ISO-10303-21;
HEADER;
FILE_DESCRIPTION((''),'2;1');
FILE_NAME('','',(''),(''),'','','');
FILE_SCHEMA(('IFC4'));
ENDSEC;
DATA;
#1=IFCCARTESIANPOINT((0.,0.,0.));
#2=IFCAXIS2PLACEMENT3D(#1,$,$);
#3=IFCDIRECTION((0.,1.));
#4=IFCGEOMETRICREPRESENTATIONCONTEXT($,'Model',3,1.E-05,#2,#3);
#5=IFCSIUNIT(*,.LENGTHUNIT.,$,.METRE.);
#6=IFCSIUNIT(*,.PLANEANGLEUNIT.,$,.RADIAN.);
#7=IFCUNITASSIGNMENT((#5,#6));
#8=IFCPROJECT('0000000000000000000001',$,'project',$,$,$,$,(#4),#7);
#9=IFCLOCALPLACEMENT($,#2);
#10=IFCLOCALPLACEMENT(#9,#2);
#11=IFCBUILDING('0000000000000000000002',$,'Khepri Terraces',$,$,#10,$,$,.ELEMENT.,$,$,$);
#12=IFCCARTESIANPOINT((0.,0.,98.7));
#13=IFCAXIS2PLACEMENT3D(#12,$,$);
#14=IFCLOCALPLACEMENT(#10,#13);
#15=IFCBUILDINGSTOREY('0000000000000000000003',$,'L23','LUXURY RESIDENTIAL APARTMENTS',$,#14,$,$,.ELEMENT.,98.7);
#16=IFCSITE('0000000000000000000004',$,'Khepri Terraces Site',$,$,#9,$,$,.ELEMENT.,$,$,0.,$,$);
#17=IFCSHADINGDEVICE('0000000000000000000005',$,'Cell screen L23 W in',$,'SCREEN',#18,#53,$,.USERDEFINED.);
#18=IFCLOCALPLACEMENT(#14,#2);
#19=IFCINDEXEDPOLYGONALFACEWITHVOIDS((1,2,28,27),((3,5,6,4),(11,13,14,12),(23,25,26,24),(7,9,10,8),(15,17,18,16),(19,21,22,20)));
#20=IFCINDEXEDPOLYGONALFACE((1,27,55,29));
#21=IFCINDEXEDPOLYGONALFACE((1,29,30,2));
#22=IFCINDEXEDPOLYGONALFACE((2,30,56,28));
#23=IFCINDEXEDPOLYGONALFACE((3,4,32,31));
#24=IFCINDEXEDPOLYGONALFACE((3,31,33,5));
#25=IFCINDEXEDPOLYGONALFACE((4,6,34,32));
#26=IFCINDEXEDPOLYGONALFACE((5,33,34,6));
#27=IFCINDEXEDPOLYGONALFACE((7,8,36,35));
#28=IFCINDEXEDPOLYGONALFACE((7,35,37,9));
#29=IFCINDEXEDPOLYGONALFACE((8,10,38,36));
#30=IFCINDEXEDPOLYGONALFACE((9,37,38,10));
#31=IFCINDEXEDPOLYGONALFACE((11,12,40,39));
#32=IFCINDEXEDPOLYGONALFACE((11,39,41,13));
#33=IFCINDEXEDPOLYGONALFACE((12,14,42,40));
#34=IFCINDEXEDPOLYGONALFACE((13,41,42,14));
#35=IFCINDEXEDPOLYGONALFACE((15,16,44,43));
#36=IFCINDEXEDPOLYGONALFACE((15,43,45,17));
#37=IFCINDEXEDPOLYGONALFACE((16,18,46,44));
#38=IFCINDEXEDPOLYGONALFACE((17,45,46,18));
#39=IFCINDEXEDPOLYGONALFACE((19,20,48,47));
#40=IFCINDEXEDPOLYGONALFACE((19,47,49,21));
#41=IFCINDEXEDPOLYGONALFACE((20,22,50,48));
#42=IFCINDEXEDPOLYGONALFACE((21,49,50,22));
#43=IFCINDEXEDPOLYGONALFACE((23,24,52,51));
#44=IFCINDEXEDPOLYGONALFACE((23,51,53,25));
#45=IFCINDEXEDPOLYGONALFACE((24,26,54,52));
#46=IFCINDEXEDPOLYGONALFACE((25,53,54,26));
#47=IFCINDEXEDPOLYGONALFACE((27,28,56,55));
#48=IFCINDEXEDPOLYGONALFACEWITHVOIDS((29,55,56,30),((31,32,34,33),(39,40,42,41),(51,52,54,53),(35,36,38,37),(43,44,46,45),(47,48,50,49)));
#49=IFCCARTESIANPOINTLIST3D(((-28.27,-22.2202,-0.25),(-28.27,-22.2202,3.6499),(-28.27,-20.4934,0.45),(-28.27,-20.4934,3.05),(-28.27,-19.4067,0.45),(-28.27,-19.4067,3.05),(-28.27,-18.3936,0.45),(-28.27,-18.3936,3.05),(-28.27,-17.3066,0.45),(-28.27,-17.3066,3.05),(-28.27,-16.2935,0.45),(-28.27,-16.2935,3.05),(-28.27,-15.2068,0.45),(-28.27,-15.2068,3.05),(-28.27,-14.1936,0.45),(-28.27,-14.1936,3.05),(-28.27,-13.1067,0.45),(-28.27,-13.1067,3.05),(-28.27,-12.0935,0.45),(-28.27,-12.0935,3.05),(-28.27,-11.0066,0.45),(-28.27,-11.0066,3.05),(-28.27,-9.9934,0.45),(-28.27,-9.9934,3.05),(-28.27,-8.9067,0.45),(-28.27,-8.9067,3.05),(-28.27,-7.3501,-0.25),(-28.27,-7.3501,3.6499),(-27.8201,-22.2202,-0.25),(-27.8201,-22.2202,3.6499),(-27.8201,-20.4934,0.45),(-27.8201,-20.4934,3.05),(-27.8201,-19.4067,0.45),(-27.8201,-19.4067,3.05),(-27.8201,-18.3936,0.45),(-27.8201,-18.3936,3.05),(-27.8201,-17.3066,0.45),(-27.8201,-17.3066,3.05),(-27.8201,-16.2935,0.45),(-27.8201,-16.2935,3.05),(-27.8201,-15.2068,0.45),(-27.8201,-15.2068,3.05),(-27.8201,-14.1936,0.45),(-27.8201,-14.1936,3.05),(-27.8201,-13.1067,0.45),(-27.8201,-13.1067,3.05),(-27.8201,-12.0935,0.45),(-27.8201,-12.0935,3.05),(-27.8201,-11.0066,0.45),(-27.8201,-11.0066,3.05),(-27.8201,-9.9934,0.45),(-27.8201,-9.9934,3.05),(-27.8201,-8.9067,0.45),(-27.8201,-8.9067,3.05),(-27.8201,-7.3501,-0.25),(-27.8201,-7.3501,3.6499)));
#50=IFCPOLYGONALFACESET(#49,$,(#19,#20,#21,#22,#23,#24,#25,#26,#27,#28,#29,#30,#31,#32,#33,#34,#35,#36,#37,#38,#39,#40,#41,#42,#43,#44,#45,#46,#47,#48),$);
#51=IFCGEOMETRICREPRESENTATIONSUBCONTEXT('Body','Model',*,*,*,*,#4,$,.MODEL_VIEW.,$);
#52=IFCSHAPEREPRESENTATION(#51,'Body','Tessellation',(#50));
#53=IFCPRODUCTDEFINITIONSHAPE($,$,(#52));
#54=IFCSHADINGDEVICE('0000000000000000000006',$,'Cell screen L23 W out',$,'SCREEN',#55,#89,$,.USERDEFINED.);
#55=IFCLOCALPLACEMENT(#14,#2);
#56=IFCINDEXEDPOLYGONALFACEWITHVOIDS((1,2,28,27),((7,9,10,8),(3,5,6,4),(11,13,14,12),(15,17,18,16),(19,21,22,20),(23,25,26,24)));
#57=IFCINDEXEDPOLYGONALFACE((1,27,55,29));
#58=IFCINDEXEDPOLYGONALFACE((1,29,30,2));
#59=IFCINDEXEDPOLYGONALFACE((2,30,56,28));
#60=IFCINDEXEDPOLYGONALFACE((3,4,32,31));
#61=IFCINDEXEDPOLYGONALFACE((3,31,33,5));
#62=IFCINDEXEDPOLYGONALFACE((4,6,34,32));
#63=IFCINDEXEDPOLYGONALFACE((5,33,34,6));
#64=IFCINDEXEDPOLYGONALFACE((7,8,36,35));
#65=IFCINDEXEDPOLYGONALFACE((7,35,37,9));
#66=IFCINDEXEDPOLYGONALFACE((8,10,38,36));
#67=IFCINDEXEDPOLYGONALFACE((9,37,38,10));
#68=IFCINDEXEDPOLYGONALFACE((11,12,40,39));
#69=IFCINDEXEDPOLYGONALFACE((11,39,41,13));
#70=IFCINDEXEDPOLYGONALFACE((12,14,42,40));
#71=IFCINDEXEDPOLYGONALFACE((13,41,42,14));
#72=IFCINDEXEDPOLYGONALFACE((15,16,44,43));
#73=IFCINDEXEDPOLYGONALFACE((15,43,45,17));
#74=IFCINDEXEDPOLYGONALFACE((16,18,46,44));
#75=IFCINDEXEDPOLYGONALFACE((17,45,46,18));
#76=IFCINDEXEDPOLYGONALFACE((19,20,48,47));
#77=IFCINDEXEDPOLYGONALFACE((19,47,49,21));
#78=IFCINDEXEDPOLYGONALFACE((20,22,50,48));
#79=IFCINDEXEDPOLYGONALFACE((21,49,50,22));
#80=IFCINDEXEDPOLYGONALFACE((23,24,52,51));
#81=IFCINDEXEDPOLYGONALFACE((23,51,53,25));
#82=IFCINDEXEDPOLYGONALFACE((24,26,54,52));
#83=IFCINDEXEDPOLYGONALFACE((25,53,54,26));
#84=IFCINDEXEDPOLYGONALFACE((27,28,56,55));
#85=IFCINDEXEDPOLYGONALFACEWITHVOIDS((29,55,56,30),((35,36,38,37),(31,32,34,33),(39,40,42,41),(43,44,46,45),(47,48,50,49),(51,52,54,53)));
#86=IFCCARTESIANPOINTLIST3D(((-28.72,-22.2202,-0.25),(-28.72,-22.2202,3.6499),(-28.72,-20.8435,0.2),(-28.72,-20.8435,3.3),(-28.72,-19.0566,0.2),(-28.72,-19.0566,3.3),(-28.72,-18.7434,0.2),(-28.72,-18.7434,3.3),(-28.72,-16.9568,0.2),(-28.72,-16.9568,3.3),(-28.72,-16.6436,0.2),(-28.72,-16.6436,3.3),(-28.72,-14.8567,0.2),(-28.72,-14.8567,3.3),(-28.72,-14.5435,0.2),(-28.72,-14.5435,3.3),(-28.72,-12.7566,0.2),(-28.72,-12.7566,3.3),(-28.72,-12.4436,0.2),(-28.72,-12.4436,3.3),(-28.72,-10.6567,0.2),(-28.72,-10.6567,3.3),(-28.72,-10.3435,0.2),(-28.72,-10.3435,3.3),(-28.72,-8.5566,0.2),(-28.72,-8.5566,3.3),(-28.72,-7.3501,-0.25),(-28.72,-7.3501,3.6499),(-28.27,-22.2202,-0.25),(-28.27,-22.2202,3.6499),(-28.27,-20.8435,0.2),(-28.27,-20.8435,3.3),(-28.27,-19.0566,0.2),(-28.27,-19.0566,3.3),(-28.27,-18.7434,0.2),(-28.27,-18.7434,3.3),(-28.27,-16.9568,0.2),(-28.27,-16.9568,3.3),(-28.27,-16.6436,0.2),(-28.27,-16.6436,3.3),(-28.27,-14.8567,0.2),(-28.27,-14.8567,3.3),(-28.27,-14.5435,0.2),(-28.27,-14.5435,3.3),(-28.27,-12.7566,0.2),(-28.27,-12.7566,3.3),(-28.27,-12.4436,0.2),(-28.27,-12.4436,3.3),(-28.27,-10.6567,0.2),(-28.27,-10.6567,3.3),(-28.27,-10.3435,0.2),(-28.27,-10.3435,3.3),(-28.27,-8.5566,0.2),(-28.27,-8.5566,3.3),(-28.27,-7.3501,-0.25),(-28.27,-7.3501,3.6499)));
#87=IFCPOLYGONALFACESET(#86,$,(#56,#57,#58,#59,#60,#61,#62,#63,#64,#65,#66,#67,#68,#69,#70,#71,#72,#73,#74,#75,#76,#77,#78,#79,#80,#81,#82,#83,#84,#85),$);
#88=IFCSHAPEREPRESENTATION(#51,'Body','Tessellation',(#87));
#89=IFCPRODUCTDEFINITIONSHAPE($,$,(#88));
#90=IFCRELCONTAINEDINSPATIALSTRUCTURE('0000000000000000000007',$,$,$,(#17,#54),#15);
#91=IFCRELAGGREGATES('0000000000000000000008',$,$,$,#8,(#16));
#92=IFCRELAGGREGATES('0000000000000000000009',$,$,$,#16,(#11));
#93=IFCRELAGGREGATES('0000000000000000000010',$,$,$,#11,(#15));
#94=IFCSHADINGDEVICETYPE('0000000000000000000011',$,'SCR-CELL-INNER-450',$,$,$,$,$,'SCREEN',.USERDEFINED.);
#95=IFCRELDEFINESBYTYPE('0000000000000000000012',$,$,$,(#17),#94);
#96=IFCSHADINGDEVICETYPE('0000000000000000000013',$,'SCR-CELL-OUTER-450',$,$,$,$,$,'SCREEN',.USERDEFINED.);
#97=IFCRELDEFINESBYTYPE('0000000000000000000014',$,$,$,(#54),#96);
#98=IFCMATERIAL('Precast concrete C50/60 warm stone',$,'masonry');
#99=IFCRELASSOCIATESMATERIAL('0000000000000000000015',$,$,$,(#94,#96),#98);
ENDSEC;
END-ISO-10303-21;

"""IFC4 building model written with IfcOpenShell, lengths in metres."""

from ifc_helpers import new_model, si_unit, direction, frame, origin, place, context, subcontext, project, spatial, polyline, outline, extrude, material, type_object, element, save


model = new_model("IFC4")

# Units and contexts
model_context = context("Model", 3, precision=1e-05, world=origin(), true_north=direction((0.0, 1.0)))
body_context = subcontext(model_context, "Body", "Model", "MODEL_VIEW")
ifc_project = project(units=[si_unit("LENGTHUNIT", "METRE"), si_unit("PLANEANGLEUNIT", "RADIAN")], contexts=[model_context])

# Site, building, storey
site_placement = place(None, origin())
site = spatial("IfcSite", under=ifc_project, at=site_placement, Name="Khepri Terraces Site", CompositionType="ELEMENT", RefElevation=0.0)
building_placement = place(site_placement, origin())
building = spatial("IfcBuilding", under=site, at=building_placement, Name="Khepri Terraces", CompositionType="ELEMENT")
storey_placement = place(building_placement, frame((0.0, 0.0, 98.7)))
storey = spatial("IfcBuildingStorey", under=building, at=storey_placement, Name="L23", Description="LUXURY RESIDENTIAL APARTMENTS", CompositionType="ELEMENT", Elevation=98.7)

# Shared definitions
ifc_material_1 = material(Name="Precast concrete C50/60 warm stone", Category="masonry")

# Shading devices
shading_device_type_1 = type_object("IfcShadingDeviceType", Name="SCR-CELL-INNER-450", ElementType="SCREEN", PredefinedType="USERDEFINED", material=ifc_material_1)
shading_device_1_placement = place(storey_placement, frame((-27.8201, -7.3501, -0.25), z_axis=(-1.0, 0.0, 0.0), x_axis=(0.0, -1.0, 0.0)))
element("IfcShadingDevice", 1, at=shading_device_1_placement, inside=storey, type_object=shading_device_type_1, Name="Cell screen L23 W in", ObjectType="SCREEN", PredefinedType="USERDEFINED", context=body_context, shape_type="SweptSolid", body=[
    extrude(outline(polyline([(0.0, 0.0), (14.8701, 0.0), (14.8701, 3.8999), (0.0, 3.8999), (0.0, 0.0)]), holes=[polyline([(1.5566, 0.7), (2.6433, 0.7), (2.6433, 3.3), (1.5566, 3.3), (1.5566, 0.7)]), polyline([(3.6565, 0.7), (4.7434, 0.7), (4.7434, 3.3), (3.6565, 3.3), (3.6565, 0.7)]), polyline([(5.7566, 0.7), (6.8435, 0.7), (6.8435, 3.3), (5.7566, 3.3), (5.7566, 0.7)]), polyline([(7.8567, 0.7), (8.9434, 0.7), (8.9434, 3.3), (7.8567, 3.3), (7.8567, 0.7)]), polyline([(9.9565, 0.7), (11.0435, 0.7), (11.0435, 3.3), (9.9565, 3.3), (9.9565, 0.7)]), polyline([(12.0566, 0.7), (13.1433, 0.7), (13.1433, 3.3), (12.0566, 3.3), (12.0566, 0.7)])]), origin(), (0.0, 0.0, 1.0), 0.45),
])
shading_device_type_2 = type_object("IfcShadingDeviceType", Name="SCR-CELL-OUTER-450", ElementType="SCREEN", PredefinedType="USERDEFINED", material=ifc_material_1)
shading_device_2_placement = place(storey_placement, frame((-28.27, -7.3501, -0.25), z_axis=(-1.0, 0.0, 0.0), x_axis=(0.0, -1.0, 0.0)))
element("IfcShadingDevice", 2, at=shading_device_2_placement, inside=storey, type_object=shading_device_type_2, Name="Cell screen L23 W out", ObjectType="SCREEN", PredefinedType="USERDEFINED", context=body_context, shape_type="SweptSolid", body=[
    extrude(outline(polyline([(0.0, 0.0), (14.8701, 0.0), (14.8701, 3.8999), (0.0, 3.8999), (0.0, 0.0)]), holes=[polyline([(1.2065, 0.45), (2.9934, 0.45), (2.9934, 3.55), (1.2065, 3.55), (1.2065, 0.45)]), polyline([(3.3066, 0.45), (5.0935, 0.45), (5.0935, 3.55), (3.3066, 3.55), (3.3066, 0.45)]), polyline([(5.4065, 0.45), (7.1934, 0.45), (7.1934, 3.55), (5.4065, 3.55), (5.4065, 0.45)]), polyline([(7.5066, 0.45), (9.2935, 0.45), (9.2935, 3.55), (7.5066, 3.55), (7.5066, 0.45)]), polyline([(9.6067, 0.45), (11.3933, 0.45), (11.3933, 3.55), (9.6067, 3.55), (9.6067, 0.45)]), polyline([(11.7065, 0.45), (13.4934, 0.45), (13.4934, 3.55), (11.7065, 3.55), (11.7065, 0.45)])]), origin(), (0.0, 0.0, 1.0), 0.45),
])

save(model, "model.ifc")
